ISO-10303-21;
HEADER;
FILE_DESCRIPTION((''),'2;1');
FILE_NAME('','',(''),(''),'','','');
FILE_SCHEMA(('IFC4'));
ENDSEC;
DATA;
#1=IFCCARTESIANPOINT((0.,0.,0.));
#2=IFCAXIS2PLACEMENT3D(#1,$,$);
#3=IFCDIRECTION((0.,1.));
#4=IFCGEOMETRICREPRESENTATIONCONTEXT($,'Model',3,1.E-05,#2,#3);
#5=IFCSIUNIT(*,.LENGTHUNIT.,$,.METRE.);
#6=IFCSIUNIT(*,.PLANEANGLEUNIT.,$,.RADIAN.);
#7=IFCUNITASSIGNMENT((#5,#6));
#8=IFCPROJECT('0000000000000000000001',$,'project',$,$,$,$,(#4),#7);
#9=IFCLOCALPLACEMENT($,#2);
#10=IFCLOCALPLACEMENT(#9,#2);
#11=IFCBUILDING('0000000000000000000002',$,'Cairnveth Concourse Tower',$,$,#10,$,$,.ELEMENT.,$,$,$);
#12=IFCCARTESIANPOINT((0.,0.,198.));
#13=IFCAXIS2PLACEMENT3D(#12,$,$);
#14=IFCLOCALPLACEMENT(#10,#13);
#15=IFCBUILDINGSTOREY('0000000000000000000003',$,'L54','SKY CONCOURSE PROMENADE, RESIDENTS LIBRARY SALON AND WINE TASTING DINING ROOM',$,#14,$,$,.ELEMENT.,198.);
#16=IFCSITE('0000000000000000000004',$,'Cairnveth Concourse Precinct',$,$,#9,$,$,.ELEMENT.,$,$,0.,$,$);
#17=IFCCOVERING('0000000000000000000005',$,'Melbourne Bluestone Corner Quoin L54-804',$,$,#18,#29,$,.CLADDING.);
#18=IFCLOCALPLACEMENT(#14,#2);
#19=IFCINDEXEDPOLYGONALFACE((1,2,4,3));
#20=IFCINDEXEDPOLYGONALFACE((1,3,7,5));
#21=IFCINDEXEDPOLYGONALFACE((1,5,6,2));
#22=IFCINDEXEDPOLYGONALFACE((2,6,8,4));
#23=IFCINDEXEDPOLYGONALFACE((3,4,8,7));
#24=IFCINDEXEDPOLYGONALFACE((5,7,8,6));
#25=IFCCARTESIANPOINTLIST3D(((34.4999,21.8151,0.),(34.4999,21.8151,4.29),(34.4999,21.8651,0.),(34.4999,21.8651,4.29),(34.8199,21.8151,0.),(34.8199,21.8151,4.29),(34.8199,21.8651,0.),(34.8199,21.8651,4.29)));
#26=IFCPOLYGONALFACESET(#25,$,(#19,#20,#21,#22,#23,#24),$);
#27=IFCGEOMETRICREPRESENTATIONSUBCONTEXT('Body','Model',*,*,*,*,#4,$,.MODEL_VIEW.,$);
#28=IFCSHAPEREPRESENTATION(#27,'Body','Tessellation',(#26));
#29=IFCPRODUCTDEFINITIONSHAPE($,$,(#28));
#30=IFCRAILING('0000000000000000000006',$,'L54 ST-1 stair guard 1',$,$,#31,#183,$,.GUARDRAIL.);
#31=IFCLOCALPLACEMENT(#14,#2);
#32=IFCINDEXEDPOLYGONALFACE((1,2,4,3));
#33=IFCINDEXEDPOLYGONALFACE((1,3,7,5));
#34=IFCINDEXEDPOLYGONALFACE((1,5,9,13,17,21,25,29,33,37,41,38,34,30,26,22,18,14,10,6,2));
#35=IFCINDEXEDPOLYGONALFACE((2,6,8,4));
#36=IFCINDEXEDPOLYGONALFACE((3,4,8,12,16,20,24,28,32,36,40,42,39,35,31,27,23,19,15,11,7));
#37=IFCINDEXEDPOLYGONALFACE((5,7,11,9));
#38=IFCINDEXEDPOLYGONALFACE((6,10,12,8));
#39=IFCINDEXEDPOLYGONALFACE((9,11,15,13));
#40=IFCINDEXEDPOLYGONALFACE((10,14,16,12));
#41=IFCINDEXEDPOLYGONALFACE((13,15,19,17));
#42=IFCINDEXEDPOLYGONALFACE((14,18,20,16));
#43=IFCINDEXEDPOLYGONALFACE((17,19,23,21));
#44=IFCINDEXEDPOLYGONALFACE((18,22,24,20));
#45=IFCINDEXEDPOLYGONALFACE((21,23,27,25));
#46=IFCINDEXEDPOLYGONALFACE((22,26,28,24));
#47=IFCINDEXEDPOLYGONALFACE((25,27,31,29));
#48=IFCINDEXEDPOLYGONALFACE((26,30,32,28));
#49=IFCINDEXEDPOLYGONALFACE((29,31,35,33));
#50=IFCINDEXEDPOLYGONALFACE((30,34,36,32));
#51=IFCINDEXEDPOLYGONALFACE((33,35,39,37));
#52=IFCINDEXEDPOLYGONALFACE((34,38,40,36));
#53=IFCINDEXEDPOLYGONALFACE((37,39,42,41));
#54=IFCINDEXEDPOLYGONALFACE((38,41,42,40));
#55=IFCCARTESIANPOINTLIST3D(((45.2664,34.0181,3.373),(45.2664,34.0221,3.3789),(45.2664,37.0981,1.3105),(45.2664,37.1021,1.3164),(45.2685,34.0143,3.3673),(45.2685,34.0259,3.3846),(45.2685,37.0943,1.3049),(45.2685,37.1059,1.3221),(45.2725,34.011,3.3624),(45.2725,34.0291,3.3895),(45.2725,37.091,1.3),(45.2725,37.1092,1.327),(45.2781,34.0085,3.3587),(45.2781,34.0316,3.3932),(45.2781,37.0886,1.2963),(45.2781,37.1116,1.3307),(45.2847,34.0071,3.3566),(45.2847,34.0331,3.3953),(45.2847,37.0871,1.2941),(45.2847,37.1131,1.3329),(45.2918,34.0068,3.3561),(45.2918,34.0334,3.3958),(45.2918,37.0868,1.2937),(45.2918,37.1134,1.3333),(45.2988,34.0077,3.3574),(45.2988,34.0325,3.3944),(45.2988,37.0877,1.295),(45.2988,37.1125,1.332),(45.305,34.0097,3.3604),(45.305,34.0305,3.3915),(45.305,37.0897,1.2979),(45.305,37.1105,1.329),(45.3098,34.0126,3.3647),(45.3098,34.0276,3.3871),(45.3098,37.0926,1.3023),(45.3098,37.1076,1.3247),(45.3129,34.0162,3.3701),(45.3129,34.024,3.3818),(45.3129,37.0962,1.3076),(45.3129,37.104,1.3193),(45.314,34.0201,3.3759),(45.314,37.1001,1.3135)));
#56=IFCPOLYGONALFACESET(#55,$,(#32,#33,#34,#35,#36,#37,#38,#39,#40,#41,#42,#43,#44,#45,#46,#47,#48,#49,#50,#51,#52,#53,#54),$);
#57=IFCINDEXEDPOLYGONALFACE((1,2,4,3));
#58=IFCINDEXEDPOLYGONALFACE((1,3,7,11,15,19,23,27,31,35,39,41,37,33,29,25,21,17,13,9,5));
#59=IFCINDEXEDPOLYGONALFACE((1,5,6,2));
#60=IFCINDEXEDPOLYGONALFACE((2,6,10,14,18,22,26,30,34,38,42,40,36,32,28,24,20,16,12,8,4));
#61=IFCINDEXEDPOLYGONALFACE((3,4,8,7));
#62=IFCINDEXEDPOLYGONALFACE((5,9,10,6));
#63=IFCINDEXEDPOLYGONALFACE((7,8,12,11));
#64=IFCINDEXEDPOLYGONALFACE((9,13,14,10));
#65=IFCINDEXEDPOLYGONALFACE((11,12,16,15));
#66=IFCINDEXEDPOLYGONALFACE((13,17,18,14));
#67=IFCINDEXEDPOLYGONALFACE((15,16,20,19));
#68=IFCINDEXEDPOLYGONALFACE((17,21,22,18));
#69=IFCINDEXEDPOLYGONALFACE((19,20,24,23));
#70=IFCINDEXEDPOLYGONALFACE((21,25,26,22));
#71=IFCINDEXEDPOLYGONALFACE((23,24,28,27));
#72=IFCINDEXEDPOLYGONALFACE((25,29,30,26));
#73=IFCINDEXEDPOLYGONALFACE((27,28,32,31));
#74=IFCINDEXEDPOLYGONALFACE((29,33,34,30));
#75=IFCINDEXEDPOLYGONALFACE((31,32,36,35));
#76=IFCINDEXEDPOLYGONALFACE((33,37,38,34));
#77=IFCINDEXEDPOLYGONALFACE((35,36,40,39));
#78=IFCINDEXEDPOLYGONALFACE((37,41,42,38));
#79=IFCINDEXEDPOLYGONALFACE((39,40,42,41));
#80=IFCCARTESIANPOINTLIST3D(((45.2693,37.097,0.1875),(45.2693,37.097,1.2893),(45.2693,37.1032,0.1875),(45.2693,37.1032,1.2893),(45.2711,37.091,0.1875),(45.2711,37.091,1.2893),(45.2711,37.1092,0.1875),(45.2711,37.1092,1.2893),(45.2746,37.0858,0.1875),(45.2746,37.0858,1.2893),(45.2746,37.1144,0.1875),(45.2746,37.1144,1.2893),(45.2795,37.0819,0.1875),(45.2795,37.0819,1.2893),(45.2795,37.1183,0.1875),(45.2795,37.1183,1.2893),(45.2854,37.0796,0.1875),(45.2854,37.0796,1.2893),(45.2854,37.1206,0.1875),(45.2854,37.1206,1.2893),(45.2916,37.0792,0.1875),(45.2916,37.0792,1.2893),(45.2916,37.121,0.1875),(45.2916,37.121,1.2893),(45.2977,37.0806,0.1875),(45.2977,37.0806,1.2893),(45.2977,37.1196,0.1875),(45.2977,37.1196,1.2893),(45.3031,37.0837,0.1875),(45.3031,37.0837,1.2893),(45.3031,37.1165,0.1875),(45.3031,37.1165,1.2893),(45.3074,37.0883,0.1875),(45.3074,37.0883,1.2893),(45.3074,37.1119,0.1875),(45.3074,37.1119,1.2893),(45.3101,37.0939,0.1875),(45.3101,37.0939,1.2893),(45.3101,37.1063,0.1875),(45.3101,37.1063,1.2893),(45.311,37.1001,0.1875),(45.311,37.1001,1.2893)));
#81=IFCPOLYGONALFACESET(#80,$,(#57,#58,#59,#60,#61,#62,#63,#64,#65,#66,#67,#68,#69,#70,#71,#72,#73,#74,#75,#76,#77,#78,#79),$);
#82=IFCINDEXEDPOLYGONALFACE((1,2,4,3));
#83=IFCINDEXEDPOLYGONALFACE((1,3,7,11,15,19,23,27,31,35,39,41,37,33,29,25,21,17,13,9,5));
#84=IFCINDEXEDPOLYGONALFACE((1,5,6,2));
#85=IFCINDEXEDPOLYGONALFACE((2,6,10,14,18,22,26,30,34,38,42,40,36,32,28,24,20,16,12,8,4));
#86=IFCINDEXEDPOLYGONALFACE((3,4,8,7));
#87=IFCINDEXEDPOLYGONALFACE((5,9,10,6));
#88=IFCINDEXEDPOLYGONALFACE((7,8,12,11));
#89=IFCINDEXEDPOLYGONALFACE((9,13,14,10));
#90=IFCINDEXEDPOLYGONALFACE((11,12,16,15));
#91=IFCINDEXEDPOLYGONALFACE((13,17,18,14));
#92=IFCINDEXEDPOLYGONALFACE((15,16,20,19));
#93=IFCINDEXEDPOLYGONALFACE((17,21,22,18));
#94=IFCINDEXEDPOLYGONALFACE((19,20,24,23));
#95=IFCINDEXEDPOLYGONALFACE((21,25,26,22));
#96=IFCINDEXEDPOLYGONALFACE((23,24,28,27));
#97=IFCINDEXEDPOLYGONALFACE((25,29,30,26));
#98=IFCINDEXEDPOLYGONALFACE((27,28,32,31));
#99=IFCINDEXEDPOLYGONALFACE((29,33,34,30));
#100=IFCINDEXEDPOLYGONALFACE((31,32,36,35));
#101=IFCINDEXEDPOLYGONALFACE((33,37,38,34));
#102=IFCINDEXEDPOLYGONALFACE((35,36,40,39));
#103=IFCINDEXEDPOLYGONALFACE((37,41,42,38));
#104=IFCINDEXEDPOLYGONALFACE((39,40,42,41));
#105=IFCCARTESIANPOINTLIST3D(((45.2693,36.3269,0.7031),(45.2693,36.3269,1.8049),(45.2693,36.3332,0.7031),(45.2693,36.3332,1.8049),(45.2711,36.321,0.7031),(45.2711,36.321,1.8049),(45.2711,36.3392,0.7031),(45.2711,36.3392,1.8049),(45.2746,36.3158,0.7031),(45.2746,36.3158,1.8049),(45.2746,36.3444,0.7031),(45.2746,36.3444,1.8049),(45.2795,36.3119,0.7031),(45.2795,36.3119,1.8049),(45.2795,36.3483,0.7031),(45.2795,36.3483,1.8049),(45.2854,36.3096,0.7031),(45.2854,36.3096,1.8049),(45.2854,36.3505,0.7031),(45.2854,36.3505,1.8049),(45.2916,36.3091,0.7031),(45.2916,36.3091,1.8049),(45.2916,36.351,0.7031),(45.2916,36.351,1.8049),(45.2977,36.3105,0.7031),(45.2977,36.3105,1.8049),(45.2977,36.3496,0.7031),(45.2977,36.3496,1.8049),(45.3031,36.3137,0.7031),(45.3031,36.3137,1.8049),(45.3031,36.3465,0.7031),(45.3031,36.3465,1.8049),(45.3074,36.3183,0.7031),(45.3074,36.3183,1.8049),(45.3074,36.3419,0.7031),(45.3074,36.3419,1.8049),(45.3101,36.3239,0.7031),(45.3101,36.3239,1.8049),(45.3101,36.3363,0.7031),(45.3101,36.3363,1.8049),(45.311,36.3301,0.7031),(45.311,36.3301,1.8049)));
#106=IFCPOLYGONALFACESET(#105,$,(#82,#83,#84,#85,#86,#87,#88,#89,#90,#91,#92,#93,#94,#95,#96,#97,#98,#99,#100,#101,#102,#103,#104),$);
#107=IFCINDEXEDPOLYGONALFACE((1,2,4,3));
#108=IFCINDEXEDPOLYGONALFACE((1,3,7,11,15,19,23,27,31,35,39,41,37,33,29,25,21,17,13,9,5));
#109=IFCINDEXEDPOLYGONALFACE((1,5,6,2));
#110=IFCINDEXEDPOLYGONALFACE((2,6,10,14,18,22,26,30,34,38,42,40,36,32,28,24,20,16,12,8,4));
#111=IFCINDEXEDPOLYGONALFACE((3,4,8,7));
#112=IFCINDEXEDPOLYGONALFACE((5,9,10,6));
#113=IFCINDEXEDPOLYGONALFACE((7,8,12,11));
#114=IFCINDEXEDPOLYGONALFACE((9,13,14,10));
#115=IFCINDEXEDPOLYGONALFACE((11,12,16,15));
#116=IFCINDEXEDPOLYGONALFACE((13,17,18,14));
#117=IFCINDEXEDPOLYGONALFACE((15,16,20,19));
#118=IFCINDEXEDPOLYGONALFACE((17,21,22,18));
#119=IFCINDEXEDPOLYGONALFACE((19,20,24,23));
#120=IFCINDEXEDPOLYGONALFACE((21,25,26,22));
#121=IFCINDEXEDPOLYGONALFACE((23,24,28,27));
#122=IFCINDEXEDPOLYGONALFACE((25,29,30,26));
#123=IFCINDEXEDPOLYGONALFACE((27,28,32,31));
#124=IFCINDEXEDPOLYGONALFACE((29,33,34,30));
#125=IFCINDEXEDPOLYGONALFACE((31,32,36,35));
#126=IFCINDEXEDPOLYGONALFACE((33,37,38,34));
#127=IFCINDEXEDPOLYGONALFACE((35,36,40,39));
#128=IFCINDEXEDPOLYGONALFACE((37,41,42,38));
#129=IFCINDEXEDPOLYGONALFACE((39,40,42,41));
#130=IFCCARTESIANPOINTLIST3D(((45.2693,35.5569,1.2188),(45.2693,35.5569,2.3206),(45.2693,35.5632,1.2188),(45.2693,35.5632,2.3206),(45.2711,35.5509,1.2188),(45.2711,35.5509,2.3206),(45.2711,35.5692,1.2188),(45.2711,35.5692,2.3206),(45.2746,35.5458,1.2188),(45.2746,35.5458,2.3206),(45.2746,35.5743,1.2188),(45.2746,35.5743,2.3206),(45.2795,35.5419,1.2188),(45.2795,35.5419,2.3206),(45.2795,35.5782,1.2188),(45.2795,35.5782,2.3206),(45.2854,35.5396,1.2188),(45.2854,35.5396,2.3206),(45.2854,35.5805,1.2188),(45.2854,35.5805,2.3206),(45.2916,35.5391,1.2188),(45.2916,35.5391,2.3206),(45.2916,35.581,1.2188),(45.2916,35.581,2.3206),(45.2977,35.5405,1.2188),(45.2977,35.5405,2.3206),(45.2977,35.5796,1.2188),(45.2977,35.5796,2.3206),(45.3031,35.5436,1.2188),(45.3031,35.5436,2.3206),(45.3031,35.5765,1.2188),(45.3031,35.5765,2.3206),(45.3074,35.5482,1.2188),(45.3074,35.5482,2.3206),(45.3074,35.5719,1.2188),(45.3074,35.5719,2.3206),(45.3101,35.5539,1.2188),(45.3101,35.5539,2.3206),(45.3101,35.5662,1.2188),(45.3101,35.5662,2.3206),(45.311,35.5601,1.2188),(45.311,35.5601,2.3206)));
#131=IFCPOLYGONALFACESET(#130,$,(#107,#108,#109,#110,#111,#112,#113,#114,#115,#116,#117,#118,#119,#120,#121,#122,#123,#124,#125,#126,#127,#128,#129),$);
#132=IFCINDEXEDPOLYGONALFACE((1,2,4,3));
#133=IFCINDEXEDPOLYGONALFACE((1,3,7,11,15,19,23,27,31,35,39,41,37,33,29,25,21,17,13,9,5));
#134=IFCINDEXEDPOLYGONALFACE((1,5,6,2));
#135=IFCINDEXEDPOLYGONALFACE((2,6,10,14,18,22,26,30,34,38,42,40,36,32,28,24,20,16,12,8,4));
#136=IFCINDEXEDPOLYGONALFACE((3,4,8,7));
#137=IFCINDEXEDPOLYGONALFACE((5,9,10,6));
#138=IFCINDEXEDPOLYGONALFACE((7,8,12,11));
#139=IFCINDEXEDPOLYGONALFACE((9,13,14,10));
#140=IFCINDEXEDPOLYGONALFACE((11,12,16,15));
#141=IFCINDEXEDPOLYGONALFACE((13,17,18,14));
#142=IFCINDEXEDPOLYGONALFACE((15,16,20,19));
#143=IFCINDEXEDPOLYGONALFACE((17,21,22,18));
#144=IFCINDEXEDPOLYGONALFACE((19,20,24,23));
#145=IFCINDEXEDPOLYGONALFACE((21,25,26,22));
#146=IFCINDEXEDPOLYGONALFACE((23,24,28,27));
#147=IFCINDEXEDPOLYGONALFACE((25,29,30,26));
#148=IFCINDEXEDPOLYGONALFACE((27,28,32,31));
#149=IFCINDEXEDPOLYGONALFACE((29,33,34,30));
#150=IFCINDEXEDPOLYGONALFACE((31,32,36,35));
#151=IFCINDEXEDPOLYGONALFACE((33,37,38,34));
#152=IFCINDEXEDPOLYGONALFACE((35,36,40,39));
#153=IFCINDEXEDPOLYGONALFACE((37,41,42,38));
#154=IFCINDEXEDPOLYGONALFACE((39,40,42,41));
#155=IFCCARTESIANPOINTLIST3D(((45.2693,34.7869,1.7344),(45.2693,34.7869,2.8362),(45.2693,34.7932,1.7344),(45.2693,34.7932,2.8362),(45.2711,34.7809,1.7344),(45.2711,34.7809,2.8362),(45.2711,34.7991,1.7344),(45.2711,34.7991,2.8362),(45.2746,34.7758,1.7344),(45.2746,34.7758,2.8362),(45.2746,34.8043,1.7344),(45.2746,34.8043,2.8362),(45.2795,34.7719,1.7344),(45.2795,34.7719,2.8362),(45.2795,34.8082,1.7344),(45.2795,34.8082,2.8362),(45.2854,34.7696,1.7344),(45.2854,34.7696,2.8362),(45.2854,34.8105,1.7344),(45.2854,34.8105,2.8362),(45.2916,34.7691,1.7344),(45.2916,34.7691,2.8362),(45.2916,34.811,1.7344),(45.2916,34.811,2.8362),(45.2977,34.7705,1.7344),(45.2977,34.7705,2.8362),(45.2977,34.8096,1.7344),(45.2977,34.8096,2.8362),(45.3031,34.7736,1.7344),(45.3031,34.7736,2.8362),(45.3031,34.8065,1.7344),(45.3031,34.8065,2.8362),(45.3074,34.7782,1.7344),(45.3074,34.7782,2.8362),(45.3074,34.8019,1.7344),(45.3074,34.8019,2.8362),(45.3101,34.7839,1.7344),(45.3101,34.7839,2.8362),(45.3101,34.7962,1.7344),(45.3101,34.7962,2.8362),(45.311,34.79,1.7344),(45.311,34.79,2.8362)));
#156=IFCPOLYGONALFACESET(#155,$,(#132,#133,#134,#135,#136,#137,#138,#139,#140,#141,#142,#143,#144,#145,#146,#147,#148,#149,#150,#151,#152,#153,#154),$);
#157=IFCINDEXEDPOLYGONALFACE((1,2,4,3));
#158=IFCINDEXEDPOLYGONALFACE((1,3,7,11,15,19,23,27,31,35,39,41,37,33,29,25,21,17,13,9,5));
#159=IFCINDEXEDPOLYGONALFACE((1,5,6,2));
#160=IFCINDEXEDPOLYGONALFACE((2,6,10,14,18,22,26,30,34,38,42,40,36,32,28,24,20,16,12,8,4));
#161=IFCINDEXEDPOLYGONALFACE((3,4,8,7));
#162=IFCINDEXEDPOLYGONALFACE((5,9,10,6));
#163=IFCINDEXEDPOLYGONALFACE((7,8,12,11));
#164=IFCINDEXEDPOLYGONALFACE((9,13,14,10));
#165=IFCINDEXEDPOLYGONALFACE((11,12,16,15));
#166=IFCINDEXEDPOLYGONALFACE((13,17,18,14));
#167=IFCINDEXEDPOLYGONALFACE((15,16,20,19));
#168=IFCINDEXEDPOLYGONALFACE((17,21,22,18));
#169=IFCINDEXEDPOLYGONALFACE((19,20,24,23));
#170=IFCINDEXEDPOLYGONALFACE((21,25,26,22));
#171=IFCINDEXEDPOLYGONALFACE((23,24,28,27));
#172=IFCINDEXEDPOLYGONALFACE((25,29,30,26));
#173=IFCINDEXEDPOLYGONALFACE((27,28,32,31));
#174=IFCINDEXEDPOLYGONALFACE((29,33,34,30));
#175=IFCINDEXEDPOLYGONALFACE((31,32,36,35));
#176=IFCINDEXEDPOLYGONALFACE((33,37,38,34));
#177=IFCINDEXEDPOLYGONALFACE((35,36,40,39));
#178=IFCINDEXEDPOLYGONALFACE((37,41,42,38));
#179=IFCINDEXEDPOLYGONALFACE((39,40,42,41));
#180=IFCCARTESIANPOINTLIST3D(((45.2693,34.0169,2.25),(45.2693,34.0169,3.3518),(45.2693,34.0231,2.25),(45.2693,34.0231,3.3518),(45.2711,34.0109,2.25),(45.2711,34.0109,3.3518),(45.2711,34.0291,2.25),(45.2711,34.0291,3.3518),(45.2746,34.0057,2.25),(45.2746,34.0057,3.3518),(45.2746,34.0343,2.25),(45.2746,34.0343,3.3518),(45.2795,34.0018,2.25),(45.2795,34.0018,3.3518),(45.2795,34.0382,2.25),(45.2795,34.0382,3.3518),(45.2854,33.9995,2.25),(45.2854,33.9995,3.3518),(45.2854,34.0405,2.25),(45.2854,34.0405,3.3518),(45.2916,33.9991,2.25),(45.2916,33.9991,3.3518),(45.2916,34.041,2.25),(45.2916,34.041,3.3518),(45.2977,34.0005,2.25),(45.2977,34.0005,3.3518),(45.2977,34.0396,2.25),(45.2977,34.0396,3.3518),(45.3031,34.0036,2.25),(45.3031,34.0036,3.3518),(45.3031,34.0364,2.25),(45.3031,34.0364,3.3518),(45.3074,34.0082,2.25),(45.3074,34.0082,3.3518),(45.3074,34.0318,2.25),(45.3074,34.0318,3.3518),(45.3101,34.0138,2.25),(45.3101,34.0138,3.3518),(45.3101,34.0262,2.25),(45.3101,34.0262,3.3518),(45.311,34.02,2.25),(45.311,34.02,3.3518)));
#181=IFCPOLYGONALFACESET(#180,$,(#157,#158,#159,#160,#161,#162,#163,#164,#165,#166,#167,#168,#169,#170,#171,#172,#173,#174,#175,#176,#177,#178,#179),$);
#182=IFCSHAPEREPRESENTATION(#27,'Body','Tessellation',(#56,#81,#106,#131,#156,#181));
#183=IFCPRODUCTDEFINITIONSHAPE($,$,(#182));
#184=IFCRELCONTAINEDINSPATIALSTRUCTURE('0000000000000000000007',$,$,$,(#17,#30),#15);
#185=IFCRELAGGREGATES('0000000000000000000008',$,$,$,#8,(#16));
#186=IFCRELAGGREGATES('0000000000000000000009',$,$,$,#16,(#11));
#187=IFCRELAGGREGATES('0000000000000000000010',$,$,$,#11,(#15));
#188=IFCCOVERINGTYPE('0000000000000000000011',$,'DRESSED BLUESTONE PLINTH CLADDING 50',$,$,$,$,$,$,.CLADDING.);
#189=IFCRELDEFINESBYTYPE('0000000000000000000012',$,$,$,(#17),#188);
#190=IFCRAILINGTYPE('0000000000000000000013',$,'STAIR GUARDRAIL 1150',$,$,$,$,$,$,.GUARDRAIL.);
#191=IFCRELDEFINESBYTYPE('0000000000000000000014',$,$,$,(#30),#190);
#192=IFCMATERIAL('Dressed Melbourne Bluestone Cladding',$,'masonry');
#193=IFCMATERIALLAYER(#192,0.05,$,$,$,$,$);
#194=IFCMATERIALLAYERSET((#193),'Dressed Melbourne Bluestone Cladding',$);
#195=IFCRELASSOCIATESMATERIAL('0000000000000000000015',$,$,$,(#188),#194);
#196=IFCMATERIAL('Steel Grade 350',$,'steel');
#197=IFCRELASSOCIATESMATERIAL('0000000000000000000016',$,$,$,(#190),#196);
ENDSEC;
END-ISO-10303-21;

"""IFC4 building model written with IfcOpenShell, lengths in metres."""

from ifc_helpers import new_model, si_unit, direction, frame, frame_2d, origin, origin_2d, place, context, subcontext, project, spatial, rectangle, circle, extrude, material, layer, layer_set, type_object, element, save


model = new_model("IFC4")

# Units and contexts
model_context = context("Model", 3, precision=1e-05, world=origin(), true_north=direction((0.0, 1.0)))
body_context = subcontext(model_context, "Body", "Model", "MODEL_VIEW")
ifc_project = project(units=[si_unit("LENGTHUNIT", "METRE"), si_unit("PLANEANGLEUNIT", "RADIAN")], contexts=[model_context])

# Site, building, storey
site_placement = place(None, origin())
site = spatial("IfcSite", under=ifc_project, at=site_placement, Name="Cairnveth Concourse Precinct", CompositionType="ELEMENT", RefElevation=0.0)
building_placement = place(site_placement, origin())
building = spatial("IfcBuilding", under=site, at=building_placement, Name="Cairnveth Concourse Tower", CompositionType="ELEMENT")
storey_placement = place(building_placement, frame((0.0, 0.0, 198.0)))
storey = spatial("IfcBuildingStorey", under=building, at=storey_placement, Name="L54", Description="SKY CONCOURSE PROMENADE, RESIDENTS LIBRARY SALON AND WINE TASTING DINING ROOM", CompositionType="ELEMENT", Elevation=198.0)

# Shared definitions
ifc_material_1 = material(Name="Steel Grade 350", Category="steel")

# Covering
ifc_material_2 = material(Name="Dressed Melbourne Bluestone Cladding", Category="masonry")
ifc_layer_1 = layer(ifc_material_2, 0.05)
ifc_layer_set_1 = layer_set([ifc_layer_1], Name="Dressed Melbourne Bluestone Cladding")
covering_type = type_object("IfcCoveringType", Name="DRESSED BLUESTONE PLINTH CLADDING 50", PredefinedType="CLADDING", material=ifc_layer_set_1)
covering_placement = place(storey_placement, frame((34.8201, 21.8401, 0.0), z_axis=(0.0, 0.0, 1.0), x_axis=(-1.0, 0.0, 0.0)))
element("IfcCovering", 1, at=covering_placement, inside=storey, type_object=covering_type, Name="Melbourne Bluestone Corner Quoin L54-804", PredefinedType="CLADDING", context=body_context, shape_type="SweptSolid", body=[
    extrude(rectangle(XDim=0.3201, YDim=0.05, at=frame_2d((0.1602, 0.0))), origin(), (0.0, 0.0, 1.0), 4.29),
])

# Railing
railing_type_1 = type_object("IfcRailingType", Name="STAIR GUARDRAIL 1150", PredefinedType="GUARDRAIL", material=ifc_material_1)
railing_1_placement = place(storey_placement, frame((45.29, 37.1001, 0.1875)))
element("IfcRailing", 2, at=railing_1_placement, inside=storey, type_object=railing_type_1, Name="L54 ST-1 stair guard 1", PredefinedType="GUARDRAIL", context=body_context, shape_type="SweptSolid", body=[
    extrude(circle(Radius=0.0239, at=origin_2d()), frame((0.0, 0.0, 1.126), z_axis=(0.0, -0.830914, 0.556401), x_axis=(1.0, 0.0, 0.0)), (0.0, 0.0, 1.0), 3.7068),
    extrude(circle(Radius=0.021, at=origin_2d()), origin(), (0.0, 0.0, 1.0), 1.1018),
    extrude(circle(Radius=0.021, at=origin_2d()), frame((0.0, -0.77, 0.5156)), (0.0, 0.0, 1.0), 1.1018),
    extrude(circle(Radius=0.021, at=origin_2d()), frame((0.0, -1.54, 1.0312)), (0.0, 0.0, 1.0), 1.1018),
    extrude(circle(Radius=0.021, at=origin_2d()), frame((0.0, -2.3101, 1.5469)), (0.0, 0.0, 1.0), 1.1018),
    extrude(circle(Radius=0.021, at=origin_2d()), frame((0.0, -3.0801, 2.0625)), (0.0, 0.0, 1.0), 1.1018),
])

save(model, "model.ifc")
